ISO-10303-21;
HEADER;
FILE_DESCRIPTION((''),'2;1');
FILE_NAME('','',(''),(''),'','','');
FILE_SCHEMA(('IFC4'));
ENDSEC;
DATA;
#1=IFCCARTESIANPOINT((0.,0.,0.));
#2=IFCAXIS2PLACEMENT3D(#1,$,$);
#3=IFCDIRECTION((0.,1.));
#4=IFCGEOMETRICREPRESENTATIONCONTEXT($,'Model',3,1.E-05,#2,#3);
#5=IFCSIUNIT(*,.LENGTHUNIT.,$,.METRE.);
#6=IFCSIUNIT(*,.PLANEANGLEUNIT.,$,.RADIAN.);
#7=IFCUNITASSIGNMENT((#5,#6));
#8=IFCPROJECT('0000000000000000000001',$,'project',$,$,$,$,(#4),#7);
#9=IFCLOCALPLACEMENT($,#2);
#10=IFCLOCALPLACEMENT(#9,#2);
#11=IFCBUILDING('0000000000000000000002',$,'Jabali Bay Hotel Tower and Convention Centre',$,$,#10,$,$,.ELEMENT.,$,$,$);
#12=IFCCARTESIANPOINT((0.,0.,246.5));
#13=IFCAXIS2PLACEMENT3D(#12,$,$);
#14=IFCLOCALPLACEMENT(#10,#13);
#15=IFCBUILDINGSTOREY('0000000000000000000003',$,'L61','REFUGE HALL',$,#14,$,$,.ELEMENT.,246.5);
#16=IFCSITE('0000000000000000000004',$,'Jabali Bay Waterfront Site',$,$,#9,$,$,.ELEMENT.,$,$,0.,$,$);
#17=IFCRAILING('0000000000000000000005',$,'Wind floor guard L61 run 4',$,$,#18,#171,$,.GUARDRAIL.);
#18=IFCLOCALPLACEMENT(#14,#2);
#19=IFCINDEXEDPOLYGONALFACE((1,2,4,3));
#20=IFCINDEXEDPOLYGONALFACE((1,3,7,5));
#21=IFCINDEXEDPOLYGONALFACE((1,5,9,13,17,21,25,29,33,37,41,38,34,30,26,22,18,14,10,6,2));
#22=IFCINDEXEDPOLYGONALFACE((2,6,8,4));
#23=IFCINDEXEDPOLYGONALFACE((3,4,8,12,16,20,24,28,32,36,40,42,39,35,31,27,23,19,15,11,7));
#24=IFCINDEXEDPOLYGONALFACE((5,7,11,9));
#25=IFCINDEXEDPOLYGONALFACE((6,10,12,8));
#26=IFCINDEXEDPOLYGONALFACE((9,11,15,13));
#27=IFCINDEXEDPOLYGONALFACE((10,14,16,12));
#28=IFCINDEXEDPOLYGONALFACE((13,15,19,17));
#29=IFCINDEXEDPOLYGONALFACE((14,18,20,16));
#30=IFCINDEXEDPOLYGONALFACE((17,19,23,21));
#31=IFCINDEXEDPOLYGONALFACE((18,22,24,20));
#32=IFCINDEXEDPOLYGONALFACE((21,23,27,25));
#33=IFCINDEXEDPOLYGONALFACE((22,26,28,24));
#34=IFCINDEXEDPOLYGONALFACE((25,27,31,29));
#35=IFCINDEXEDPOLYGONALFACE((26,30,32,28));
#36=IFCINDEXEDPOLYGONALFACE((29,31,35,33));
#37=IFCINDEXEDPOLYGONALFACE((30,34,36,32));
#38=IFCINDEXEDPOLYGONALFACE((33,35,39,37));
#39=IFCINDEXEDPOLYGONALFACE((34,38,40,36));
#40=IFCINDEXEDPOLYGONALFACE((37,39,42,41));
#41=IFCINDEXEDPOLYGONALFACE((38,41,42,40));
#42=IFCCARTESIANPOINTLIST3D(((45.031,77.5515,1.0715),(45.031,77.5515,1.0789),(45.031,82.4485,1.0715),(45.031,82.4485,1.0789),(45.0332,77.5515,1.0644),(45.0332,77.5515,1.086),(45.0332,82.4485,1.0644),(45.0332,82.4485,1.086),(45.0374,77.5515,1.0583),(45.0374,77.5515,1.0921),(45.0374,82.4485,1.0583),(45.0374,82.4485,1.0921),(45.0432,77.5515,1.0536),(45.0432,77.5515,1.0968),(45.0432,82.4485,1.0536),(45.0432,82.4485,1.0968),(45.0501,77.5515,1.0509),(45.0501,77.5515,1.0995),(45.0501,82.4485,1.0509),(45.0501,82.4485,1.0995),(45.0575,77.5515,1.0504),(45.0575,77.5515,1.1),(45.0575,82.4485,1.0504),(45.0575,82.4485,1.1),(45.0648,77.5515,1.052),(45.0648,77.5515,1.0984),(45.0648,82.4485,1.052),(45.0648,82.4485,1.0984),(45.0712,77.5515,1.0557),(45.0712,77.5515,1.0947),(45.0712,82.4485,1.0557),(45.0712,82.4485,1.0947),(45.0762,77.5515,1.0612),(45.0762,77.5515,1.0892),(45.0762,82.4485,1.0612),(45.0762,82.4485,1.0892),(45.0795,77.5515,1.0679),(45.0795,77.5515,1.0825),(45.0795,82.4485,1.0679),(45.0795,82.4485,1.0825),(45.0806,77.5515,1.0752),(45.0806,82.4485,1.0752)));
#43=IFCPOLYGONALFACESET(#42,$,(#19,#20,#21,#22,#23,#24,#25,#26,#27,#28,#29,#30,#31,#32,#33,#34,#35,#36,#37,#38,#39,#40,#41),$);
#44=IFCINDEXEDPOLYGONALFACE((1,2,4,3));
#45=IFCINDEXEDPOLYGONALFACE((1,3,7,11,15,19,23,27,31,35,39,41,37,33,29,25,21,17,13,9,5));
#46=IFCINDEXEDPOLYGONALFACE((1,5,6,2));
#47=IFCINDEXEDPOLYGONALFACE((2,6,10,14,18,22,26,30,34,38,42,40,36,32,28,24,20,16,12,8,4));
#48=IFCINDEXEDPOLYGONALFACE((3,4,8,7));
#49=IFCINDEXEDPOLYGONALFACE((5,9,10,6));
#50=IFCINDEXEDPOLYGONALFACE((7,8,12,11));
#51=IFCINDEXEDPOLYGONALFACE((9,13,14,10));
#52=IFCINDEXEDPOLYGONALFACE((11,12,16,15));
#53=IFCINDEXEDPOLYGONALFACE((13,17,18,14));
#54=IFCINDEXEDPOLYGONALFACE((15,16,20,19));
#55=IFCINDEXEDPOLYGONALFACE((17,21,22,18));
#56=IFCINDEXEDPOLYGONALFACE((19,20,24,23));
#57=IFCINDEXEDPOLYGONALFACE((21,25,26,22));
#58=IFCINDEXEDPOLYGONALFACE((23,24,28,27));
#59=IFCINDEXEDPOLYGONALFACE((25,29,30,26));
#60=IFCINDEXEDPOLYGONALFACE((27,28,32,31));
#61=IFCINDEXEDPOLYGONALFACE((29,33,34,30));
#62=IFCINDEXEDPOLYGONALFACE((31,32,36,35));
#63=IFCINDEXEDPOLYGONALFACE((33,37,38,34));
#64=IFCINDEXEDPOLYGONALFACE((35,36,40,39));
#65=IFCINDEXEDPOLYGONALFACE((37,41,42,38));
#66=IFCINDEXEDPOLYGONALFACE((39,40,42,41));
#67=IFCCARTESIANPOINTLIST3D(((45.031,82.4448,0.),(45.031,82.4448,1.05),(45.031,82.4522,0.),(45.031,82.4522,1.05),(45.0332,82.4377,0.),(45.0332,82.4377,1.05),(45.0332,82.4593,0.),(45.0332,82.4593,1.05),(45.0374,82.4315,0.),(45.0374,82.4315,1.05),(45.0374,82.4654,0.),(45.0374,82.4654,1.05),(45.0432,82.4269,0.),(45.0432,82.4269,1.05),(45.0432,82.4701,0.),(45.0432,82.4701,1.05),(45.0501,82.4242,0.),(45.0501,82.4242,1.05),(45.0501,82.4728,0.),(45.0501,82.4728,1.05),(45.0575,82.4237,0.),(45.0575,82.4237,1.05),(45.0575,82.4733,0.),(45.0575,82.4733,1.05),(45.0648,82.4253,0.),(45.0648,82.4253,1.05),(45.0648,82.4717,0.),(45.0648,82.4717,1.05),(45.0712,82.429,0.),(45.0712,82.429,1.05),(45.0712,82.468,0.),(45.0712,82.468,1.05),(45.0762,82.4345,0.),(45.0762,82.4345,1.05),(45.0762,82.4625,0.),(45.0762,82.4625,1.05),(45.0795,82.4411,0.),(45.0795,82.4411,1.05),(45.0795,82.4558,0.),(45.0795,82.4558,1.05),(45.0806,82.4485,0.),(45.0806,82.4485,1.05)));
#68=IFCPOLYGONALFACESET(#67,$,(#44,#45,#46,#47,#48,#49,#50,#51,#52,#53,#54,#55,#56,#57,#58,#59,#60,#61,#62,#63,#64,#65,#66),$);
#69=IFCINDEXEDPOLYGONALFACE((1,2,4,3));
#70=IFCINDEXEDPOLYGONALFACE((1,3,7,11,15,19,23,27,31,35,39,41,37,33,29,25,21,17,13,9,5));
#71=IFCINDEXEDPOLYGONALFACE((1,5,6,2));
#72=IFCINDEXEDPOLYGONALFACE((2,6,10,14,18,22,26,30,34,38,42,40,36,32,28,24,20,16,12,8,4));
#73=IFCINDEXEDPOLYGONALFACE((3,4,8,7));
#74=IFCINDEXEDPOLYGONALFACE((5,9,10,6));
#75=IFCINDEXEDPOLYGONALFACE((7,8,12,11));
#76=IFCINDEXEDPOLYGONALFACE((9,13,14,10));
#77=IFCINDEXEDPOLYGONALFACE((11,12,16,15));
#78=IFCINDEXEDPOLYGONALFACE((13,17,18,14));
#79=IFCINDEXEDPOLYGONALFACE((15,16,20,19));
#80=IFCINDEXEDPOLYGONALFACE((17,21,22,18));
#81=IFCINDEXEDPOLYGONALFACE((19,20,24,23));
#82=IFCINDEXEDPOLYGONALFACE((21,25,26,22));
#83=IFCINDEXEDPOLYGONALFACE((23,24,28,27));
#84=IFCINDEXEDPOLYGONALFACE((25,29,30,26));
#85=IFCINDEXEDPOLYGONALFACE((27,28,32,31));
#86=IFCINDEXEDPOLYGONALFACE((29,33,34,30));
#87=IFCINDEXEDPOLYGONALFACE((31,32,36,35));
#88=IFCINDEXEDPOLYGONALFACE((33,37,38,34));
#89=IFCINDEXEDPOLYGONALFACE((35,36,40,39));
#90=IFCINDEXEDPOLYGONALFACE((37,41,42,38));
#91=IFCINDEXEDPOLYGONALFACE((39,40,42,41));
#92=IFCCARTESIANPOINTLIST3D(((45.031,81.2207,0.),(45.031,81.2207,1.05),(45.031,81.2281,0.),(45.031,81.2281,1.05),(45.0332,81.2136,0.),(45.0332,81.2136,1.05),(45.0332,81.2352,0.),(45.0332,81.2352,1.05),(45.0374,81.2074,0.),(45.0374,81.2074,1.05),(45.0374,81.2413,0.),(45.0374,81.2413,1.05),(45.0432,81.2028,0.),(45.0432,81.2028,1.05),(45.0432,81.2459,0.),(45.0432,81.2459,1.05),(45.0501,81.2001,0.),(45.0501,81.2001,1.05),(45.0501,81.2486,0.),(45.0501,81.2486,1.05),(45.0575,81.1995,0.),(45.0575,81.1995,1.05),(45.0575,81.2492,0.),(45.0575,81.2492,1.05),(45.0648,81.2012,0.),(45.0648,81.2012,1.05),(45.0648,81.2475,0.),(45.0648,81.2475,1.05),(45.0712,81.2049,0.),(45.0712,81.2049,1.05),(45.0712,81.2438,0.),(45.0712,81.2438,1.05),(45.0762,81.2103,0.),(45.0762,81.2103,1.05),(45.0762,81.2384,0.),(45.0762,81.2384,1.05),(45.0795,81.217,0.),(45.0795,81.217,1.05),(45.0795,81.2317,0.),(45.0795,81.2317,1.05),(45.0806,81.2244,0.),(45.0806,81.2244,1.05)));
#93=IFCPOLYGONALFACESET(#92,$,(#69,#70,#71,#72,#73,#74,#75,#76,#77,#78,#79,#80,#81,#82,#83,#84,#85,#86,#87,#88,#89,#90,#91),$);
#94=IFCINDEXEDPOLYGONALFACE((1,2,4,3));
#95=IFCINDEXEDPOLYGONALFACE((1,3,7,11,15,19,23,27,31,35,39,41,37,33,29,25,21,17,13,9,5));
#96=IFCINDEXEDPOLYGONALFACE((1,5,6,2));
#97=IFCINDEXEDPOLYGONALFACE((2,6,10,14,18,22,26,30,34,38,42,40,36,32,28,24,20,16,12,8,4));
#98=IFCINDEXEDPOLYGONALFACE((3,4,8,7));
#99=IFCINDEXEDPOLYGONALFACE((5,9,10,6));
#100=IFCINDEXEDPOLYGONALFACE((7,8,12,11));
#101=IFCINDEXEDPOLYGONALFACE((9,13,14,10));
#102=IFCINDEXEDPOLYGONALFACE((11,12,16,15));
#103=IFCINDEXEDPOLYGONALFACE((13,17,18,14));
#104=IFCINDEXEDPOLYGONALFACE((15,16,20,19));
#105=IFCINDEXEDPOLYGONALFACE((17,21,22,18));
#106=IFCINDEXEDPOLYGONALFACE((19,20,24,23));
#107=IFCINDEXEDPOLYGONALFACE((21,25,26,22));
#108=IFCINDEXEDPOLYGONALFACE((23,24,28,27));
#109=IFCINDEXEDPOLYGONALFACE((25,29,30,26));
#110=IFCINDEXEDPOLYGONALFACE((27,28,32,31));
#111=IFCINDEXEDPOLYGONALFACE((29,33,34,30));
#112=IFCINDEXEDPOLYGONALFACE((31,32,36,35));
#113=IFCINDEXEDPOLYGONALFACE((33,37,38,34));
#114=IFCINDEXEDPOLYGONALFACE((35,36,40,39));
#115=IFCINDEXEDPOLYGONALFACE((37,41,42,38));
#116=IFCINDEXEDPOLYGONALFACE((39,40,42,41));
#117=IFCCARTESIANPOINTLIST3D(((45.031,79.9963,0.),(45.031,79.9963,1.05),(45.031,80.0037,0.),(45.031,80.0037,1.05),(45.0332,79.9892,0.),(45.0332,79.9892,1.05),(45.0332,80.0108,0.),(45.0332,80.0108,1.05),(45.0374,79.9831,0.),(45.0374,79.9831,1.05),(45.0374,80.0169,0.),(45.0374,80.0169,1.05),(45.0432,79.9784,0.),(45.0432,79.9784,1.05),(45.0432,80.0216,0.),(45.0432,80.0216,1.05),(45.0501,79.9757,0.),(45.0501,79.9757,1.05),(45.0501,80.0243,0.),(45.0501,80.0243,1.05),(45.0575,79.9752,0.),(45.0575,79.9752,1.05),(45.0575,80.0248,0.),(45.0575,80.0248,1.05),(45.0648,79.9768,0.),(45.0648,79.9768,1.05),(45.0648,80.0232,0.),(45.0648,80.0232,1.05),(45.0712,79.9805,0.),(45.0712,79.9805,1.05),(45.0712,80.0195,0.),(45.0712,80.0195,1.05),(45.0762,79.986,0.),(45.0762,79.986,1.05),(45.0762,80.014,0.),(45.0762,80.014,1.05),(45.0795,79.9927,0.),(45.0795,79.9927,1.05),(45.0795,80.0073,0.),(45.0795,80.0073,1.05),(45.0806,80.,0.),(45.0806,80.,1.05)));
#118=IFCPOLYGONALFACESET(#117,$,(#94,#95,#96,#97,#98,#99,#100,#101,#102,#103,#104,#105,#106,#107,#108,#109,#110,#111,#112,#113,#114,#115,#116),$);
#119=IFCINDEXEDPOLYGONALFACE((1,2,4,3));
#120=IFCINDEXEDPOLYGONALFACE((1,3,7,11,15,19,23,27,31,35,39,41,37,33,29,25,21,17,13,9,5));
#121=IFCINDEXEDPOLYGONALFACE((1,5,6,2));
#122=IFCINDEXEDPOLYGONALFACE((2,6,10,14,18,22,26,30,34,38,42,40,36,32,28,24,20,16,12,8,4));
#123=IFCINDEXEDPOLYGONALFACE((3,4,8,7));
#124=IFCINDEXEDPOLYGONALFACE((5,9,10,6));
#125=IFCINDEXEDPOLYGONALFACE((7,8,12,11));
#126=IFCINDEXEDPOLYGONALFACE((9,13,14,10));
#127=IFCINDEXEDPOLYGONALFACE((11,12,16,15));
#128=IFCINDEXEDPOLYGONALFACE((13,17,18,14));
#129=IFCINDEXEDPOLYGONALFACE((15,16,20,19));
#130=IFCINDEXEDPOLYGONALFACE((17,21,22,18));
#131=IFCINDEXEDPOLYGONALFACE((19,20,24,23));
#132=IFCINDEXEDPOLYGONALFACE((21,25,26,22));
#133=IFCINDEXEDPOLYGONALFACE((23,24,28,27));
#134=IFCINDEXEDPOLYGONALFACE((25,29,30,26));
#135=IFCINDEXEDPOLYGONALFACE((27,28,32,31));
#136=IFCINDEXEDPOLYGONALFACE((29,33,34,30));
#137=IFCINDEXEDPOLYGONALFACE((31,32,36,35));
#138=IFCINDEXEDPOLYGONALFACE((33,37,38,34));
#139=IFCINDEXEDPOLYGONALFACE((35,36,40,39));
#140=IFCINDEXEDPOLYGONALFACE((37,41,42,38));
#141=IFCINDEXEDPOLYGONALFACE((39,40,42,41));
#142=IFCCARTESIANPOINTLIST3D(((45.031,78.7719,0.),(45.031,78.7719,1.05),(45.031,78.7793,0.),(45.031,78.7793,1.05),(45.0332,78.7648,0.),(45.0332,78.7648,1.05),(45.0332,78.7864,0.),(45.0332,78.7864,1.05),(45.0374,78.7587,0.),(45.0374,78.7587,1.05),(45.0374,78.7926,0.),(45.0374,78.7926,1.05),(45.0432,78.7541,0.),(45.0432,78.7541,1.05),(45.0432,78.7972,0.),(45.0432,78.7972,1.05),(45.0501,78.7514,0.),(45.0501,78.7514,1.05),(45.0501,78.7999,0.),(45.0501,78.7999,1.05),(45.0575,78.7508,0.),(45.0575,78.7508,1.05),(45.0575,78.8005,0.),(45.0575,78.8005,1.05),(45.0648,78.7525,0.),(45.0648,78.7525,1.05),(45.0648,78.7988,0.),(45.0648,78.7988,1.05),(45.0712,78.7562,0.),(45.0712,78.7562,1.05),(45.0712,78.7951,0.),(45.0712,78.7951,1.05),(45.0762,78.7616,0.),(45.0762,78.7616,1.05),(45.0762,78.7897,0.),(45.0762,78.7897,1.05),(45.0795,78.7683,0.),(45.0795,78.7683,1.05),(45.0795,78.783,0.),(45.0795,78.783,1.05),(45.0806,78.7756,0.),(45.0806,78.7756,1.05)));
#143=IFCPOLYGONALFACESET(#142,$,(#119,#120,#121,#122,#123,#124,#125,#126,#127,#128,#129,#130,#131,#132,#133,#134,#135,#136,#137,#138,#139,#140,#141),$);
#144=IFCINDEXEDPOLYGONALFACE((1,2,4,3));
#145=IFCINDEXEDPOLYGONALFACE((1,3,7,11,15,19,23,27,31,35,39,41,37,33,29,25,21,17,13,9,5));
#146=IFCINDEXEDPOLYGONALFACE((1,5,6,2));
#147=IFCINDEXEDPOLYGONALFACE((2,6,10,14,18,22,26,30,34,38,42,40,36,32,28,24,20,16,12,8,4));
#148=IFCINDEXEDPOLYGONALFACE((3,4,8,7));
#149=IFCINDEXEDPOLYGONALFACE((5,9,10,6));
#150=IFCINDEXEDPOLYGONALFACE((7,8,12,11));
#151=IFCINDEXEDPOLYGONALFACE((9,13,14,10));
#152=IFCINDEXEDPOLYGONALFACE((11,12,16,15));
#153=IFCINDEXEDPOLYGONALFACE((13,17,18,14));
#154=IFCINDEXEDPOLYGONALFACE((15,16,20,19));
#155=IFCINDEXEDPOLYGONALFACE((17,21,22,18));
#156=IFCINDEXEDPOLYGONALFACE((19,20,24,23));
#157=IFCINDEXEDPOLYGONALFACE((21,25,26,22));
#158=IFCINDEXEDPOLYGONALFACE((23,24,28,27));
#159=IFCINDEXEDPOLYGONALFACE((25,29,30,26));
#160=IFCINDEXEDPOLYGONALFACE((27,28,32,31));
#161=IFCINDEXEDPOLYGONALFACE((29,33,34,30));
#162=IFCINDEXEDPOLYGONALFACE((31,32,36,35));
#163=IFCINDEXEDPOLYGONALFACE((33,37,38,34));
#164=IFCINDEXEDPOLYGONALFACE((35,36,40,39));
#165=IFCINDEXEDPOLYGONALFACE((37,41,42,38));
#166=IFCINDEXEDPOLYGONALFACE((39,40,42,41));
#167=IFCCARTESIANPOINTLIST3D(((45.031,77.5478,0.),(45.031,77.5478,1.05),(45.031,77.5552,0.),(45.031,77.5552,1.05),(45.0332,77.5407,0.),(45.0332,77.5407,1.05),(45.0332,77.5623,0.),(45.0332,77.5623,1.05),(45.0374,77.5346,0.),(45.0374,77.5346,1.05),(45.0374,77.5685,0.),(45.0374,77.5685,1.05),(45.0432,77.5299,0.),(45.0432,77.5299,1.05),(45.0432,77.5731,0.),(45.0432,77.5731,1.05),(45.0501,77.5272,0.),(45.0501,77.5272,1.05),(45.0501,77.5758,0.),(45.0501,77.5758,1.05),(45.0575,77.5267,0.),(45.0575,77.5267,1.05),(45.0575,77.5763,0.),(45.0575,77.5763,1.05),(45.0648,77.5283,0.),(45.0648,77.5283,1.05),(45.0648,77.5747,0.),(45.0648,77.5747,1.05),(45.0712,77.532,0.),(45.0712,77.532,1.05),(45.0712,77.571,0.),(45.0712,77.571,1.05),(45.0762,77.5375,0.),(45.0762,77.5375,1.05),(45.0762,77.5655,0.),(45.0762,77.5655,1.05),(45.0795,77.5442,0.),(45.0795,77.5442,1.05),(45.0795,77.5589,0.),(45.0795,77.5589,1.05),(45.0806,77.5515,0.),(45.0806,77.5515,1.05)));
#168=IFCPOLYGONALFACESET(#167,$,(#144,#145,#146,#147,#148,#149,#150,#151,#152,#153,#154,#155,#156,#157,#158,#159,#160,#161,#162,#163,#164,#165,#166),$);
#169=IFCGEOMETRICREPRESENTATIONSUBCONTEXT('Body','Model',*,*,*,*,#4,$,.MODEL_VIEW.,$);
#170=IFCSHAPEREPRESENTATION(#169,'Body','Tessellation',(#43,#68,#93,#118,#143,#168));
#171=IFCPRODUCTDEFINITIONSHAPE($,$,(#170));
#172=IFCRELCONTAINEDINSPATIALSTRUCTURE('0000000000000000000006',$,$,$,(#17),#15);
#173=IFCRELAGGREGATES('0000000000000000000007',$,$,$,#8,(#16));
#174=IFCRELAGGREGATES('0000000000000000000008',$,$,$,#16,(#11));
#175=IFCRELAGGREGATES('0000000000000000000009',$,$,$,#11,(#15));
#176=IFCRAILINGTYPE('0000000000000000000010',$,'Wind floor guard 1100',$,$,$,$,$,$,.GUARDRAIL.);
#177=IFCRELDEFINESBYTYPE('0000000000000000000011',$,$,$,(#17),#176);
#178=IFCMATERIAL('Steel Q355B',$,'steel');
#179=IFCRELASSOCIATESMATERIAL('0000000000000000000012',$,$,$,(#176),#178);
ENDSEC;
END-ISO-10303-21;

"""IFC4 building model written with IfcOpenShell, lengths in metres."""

from ifc_helpers import new_model, si_unit, direction, frame, origin, origin_2d, place, context, subcontext, project, spatial, circle, extrude, material, type_object, element, save


model = new_model("IFC4")

# Units and contexts
model_context = context("Model", 3, precision=1e-05, world=origin(), true_north=direction((0.0, 1.0)))
body_context = subcontext(model_context, "Body", "Model", "MODEL_VIEW")
ifc_project = project(units=[si_unit("LENGTHUNIT", "METRE"), si_unit("PLANEANGLEUNIT", "RADIAN")], contexts=[model_context])

# Site, building, storey
site_placement = place(None, origin())
site = spatial("IfcSite", under=ifc_project, at=site_placement, Name="Jabali Bay Waterfront Site", CompositionType="ELEMENT", RefElevation=0.0)
building_placement = place(site_placement, origin())
building = spatial("IfcBuilding", under=site, at=building_placement, Name="Jabali Bay Hotel Tower and Convention Centre", CompositionType="ELEMENT")
storey_placement = place(building_placement, frame((0.0, 0.0, 246.5)))
storey = spatial("IfcBuildingStorey", under=building, at=storey_placement, Name="L61", Description="REFUGE HALL", CompositionType="ELEMENT", Elevation=246.5)

# Railing
ifc_material_1 = material(Name="Steel Q355B", Category="steel")
railing_type_1 = type_object("IfcRailingType", Name="Wind floor guard 1100", PredefinedType="GUARDRAIL", material=ifc_material_1)
railing_1_placement = place(storey_placement, frame((45.0557, 82.4485, 0.0)))
element("IfcRailing", 1, at=railing_1_placement, inside=storey, type_object=railing_type_1, Name="Wind floor guard L61 run 4", PredefinedType="GUARDRAIL", context=body_context, shape_type="SweptSolid", body=[
    extrude(circle(Radius=0.0249, at=origin_2d()), frame((0.0, 0.0, 1.0752), z_axis=(0.0, -1.0, 0.0), x_axis=(1.0, 0.0, 0.0)), (0.0, 0.0, 1.0), 4.897),
    extrude(circle(Radius=0.0249, at=origin_2d()), origin(), (0.0, 0.0, 1.0), 1.05),
    extrude(circle(Radius=0.0249, at=origin_2d()), frame((0.0, -1.2241, 0.0)), (0.0, 0.0, 1.0), 1.05),
    extrude(circle(Radius=0.0249, at=origin_2d()), frame((0.0, -2.4485, 0.0)), (0.0, 0.0, 1.0), 1.05),
    extrude(circle(Radius=0.0249, at=origin_2d()), frame((0.0, -3.6729, 0.0)), (0.0, 0.0, 1.0), 1.05),
    extrude(circle(Radius=0.0249, at=origin_2d()), frame((0.0, -4.897, 0.0)), (0.0, 0.0, 1.0), 1.05),
])

save(model, "model.ifc")
